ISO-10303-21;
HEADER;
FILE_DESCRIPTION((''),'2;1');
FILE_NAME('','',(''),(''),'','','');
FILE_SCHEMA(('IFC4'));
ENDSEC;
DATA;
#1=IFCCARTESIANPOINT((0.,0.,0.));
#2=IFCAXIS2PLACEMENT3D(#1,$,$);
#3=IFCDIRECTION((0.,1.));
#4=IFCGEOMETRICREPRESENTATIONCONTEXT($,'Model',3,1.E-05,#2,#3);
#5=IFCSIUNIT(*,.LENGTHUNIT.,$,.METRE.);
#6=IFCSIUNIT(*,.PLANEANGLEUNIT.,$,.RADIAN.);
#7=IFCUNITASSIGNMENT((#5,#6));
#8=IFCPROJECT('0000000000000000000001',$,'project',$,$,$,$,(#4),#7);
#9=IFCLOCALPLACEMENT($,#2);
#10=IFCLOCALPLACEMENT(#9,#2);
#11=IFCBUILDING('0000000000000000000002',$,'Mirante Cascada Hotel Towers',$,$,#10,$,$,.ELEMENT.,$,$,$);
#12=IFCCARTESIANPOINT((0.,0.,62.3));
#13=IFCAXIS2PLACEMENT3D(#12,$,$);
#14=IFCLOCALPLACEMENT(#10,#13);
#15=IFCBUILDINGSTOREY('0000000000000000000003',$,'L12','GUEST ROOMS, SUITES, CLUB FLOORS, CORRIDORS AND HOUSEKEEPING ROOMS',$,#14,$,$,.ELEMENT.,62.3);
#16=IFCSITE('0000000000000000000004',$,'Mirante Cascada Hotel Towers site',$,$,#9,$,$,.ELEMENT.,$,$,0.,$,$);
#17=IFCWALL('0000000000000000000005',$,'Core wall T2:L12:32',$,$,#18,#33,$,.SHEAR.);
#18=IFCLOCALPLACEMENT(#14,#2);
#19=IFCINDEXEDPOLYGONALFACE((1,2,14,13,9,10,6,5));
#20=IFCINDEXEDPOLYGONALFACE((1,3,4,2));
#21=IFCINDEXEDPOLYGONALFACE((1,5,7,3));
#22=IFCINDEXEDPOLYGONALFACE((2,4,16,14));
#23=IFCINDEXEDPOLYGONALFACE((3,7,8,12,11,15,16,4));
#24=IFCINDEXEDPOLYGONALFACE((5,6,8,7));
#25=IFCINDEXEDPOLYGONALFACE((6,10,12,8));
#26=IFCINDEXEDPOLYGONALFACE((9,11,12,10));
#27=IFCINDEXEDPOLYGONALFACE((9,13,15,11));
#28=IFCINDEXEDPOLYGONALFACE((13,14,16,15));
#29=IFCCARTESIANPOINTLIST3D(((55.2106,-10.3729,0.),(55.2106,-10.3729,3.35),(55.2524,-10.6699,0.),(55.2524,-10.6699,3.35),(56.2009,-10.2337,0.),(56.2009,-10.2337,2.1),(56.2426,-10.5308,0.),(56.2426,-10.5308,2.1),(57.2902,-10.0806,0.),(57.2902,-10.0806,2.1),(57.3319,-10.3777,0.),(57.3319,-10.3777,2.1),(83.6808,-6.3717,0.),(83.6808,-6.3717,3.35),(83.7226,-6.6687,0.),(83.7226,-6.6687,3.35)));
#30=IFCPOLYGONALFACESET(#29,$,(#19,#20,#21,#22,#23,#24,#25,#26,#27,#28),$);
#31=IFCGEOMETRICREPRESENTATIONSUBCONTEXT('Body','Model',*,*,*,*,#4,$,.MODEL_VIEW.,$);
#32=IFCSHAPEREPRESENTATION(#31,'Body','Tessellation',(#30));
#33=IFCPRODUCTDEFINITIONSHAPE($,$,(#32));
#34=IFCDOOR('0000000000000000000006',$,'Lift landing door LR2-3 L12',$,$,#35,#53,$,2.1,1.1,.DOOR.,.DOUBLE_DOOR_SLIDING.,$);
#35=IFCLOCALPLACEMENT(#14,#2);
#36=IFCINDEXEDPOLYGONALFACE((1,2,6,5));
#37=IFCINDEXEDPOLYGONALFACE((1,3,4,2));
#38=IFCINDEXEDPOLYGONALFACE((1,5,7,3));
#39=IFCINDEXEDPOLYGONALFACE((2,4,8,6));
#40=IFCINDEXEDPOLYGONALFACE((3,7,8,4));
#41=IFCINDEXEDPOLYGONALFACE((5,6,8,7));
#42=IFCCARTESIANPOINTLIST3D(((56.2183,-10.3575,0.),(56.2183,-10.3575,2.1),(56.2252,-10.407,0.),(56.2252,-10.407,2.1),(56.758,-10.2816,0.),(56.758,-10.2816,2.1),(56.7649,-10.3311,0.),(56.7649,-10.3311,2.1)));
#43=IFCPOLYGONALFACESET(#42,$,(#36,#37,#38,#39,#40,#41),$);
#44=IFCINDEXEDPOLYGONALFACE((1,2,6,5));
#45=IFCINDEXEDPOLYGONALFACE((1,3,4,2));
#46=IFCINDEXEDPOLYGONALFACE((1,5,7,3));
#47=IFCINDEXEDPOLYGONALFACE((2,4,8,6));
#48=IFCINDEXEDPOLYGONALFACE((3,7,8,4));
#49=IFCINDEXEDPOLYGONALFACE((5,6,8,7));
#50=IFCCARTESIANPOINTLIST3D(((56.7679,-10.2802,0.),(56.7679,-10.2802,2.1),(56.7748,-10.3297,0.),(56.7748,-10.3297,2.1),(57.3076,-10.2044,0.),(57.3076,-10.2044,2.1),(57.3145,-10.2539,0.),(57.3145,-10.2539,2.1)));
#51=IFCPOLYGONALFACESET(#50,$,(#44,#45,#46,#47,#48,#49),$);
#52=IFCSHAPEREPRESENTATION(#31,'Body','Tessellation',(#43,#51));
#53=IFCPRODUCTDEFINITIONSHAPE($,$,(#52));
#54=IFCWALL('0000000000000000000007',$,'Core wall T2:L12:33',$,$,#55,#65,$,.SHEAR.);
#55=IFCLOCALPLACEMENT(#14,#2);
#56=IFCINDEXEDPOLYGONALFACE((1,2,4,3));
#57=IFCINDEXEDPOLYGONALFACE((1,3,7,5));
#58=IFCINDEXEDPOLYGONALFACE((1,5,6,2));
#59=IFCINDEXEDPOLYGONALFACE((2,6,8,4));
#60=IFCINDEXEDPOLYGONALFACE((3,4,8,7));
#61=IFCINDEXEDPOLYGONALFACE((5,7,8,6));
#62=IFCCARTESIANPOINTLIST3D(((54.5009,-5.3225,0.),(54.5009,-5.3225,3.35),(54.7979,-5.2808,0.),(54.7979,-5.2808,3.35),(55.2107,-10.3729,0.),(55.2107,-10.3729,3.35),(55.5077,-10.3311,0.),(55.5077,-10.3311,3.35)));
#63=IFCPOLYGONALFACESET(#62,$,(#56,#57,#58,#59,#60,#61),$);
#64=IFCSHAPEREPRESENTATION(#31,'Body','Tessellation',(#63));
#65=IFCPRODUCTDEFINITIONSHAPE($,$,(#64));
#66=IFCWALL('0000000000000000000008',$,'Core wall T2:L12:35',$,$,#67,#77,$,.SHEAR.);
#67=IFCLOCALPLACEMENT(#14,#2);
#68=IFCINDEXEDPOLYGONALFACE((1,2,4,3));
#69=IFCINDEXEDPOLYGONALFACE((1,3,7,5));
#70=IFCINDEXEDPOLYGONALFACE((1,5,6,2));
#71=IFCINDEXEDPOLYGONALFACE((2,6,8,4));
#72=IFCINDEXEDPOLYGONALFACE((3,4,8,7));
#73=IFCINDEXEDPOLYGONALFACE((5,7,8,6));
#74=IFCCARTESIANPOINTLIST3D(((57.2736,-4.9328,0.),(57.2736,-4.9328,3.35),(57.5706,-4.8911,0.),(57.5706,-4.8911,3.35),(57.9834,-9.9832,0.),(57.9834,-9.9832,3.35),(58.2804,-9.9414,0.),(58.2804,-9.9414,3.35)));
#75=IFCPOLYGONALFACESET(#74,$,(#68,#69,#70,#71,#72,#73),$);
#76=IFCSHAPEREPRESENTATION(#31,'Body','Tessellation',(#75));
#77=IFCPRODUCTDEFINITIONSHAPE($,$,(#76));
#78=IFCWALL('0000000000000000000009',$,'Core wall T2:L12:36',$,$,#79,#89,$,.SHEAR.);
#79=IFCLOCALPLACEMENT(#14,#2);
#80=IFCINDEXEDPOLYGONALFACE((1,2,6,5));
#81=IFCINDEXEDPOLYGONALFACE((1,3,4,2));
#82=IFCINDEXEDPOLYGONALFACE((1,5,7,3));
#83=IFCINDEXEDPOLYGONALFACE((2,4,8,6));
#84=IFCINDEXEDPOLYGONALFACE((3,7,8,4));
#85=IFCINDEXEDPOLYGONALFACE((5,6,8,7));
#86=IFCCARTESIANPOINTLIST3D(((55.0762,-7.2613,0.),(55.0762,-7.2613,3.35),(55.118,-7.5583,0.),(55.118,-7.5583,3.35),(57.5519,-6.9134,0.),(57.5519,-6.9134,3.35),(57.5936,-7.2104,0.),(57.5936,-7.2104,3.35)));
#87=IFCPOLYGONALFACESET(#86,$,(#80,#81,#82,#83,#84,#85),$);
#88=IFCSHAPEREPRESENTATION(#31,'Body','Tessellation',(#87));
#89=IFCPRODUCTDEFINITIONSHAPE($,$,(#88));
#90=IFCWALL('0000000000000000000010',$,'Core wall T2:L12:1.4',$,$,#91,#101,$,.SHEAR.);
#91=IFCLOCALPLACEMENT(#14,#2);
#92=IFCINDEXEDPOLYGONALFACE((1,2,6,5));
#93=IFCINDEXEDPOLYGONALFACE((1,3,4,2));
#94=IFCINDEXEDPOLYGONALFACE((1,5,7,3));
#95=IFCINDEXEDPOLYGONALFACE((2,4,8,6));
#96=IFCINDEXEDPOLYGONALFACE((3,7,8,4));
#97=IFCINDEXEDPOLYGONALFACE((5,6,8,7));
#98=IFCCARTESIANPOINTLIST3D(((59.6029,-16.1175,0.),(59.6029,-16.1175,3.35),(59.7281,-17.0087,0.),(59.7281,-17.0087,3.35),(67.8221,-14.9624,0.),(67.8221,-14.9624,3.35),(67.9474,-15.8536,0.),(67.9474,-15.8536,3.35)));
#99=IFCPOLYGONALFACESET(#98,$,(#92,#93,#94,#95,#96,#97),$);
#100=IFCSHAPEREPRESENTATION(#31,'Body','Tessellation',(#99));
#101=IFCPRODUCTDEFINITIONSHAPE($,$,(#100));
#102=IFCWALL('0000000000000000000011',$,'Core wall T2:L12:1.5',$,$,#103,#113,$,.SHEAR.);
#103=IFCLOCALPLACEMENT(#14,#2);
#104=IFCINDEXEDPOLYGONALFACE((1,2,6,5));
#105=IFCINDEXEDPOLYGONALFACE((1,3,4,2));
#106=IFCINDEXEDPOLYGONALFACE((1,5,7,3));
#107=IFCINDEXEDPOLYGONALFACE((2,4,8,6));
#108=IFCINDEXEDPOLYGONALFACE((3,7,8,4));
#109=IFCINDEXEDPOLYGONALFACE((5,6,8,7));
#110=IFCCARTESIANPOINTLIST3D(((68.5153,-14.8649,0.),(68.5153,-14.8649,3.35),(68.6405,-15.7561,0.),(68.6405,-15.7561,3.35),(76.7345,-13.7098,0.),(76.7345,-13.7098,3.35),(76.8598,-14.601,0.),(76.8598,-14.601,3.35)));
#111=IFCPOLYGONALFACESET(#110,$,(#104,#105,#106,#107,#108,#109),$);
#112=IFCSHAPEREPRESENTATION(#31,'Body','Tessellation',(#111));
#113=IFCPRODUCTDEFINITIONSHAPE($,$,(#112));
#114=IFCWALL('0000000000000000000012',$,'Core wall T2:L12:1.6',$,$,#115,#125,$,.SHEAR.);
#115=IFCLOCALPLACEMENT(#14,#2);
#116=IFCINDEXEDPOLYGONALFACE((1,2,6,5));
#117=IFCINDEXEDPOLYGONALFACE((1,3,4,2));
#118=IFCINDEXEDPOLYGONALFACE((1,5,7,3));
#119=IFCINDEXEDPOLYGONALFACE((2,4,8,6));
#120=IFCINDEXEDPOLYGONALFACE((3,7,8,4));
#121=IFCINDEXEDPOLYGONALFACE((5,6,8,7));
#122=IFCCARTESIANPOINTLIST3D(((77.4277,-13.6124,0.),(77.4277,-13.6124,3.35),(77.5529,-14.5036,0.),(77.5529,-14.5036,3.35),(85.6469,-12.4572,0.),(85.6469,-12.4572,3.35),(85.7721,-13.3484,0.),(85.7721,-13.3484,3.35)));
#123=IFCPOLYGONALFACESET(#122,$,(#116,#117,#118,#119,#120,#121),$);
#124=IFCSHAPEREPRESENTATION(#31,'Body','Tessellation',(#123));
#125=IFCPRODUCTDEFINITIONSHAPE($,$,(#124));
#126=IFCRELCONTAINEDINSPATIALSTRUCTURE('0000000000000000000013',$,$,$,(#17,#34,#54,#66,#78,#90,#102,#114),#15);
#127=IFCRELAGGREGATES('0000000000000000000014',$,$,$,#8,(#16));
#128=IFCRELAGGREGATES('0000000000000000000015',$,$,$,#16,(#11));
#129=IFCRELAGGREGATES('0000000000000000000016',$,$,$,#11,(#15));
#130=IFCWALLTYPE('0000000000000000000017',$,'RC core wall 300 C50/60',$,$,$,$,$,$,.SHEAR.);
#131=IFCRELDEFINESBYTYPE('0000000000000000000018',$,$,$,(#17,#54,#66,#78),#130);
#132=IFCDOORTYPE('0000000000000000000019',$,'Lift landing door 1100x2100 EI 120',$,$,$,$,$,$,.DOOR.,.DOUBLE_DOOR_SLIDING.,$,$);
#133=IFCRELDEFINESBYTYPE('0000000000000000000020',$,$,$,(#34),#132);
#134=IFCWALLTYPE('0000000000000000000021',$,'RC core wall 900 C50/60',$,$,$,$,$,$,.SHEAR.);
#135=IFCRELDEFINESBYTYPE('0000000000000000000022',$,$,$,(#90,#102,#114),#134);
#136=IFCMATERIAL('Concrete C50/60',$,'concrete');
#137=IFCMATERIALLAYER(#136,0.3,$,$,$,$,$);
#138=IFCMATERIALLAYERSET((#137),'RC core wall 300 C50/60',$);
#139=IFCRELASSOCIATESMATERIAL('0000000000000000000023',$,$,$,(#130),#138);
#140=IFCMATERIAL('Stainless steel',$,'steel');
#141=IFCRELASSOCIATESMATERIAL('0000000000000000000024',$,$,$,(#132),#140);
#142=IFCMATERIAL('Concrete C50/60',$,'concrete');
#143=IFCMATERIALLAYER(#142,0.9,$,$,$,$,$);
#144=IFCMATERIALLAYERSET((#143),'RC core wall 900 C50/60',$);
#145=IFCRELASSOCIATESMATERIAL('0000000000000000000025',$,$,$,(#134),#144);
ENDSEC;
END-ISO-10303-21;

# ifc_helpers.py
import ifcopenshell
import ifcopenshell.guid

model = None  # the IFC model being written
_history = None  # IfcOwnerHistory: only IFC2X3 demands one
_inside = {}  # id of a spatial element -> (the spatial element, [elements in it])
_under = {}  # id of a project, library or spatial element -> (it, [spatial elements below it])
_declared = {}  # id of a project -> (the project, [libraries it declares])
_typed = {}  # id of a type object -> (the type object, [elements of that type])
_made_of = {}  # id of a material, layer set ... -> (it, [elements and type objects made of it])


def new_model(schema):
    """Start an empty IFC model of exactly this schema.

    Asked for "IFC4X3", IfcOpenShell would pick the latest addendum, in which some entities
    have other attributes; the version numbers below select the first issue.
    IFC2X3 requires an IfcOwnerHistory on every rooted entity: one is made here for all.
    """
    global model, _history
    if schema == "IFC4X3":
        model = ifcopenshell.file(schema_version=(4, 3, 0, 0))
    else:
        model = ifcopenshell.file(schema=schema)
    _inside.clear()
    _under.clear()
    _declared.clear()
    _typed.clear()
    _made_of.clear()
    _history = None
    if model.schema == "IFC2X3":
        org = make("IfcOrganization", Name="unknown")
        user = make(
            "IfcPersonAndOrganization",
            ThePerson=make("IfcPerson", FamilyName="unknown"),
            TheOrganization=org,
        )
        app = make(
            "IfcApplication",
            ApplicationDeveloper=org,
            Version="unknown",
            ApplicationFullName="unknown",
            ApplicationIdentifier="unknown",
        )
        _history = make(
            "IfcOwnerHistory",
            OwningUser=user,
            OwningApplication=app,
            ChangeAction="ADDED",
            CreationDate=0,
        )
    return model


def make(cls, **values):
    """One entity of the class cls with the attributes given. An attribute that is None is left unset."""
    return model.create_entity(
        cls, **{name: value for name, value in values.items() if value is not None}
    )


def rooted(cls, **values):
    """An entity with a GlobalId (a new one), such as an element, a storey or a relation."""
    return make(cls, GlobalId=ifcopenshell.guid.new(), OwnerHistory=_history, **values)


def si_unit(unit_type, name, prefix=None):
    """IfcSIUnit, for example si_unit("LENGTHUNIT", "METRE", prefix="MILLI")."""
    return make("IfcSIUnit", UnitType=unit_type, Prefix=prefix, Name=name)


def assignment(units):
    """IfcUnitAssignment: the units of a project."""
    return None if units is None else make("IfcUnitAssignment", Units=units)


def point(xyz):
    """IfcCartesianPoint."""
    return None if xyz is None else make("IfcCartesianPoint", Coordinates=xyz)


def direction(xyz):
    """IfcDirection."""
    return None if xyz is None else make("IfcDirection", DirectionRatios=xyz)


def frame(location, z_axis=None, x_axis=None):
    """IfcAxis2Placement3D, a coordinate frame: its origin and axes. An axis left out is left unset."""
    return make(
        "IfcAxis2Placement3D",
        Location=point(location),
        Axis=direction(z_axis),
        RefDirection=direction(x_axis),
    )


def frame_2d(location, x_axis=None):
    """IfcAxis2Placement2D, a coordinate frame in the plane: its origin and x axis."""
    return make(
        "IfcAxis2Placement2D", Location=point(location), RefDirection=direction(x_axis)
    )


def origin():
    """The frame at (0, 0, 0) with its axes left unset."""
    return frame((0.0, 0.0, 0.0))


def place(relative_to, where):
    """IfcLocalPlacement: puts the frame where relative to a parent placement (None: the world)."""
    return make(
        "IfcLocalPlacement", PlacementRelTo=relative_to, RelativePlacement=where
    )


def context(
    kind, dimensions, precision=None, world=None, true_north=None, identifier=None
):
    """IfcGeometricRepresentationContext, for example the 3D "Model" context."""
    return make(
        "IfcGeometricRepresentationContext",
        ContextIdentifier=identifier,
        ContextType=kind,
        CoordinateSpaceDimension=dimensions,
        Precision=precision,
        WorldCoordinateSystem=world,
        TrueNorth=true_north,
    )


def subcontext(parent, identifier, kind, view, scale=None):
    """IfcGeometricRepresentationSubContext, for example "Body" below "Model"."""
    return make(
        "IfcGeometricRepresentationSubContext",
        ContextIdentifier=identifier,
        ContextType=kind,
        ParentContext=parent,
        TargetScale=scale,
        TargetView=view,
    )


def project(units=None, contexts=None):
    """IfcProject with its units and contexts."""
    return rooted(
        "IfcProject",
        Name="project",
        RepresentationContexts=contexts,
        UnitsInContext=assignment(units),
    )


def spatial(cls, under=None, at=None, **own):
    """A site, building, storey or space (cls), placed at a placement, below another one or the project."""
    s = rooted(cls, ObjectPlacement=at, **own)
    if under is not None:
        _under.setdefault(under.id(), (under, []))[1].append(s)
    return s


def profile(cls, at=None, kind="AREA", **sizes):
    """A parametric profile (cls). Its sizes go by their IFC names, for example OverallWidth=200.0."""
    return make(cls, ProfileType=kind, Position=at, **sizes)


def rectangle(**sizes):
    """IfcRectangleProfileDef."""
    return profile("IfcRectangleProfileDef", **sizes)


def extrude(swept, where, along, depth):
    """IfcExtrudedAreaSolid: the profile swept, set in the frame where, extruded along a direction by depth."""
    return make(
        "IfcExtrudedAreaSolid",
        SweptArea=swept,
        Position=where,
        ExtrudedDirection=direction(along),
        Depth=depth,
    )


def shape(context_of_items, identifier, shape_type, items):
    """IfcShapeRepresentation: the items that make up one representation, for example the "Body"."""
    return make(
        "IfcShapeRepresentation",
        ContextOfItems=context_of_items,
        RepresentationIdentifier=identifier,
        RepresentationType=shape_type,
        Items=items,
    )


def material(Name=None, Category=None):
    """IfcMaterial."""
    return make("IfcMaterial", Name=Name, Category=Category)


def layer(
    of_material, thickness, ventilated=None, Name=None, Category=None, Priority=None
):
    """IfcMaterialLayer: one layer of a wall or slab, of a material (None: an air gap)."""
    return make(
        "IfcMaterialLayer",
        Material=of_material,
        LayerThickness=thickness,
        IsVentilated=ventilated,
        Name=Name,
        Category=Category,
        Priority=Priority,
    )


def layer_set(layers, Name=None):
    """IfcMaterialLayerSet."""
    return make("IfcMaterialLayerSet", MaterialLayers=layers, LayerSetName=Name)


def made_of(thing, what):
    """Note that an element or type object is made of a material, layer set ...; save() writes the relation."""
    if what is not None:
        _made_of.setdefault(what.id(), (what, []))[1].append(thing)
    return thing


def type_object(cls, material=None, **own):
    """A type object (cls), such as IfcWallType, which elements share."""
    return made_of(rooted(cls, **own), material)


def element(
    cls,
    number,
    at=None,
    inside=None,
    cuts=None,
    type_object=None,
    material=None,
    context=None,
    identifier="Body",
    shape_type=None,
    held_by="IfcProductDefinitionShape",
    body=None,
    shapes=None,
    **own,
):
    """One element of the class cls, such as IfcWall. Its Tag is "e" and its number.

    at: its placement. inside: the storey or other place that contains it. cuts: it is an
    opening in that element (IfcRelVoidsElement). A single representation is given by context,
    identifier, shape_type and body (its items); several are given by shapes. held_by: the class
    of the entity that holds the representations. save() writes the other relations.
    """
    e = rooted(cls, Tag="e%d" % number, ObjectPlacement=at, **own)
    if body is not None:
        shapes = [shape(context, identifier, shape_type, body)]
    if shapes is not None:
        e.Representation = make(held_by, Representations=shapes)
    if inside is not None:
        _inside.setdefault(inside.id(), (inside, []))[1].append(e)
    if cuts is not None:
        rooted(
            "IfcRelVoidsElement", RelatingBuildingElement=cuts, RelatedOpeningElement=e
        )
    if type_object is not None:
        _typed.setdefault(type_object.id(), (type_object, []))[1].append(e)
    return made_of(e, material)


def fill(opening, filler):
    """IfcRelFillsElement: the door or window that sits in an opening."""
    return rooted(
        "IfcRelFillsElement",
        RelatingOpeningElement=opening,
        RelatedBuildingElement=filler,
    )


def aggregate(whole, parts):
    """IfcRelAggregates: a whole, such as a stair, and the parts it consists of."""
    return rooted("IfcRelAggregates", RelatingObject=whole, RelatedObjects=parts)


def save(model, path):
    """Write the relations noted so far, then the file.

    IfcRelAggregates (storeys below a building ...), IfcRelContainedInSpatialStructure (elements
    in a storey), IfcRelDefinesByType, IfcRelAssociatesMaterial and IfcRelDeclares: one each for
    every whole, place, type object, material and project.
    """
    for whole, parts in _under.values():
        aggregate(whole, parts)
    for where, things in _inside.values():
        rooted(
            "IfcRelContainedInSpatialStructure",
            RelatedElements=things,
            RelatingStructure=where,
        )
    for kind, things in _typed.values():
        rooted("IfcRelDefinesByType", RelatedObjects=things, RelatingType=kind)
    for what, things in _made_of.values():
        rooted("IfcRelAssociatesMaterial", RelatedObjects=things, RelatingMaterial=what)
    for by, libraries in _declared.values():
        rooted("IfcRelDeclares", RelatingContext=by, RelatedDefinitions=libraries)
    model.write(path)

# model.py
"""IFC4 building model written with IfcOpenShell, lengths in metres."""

from ifc_helpers import new_model, si_unit, direction, frame, frame_2d, origin, place, context, subcontext, project, spatial, rectangle, extrude, material, layer, layer_set, type_object, element, fill, save


model = new_model("IFC4")

# Units and contexts
model_context = context("Model", 3, precision=1e-05, world=origin(), true_north=direction((0.0, 1.0)))
body_context = subcontext(model_context, "Body", "Model", "MODEL_VIEW")
ifc_project = project(units=[si_unit("LENGTHUNIT", "METRE"), si_unit("PLANEANGLEUNIT", "RADIAN")], contexts=[model_context])

# Site, building, storey
site_placement = place(None, origin())
site = spatial("IfcSite", under=ifc_project, at=site_placement, Name="Mirante Cascada Hotel Towers site", CompositionType="ELEMENT", RefElevation=0.0)
building_placement = place(site_placement, origin())
building = spatial("IfcBuilding", under=site, at=building_placement, Name="Mirante Cascada Hotel Towers", CompositionType="ELEMENT")
storey_placement = place(building_placement, frame((0.0, 0.0, 62.3)))
storey = spatial("IfcBuildingStorey", under=building, at=storey_placement, Name="L12", Description="GUEST ROOMS, SUITES, CLUB FLOORS, CORRIDORS AND HOUSEKEEPING ROOMS", CompositionType="ELEMENT", Elevation=62.3)

# Shared definitions
ifc_material_1 = material(Name="Concrete C50/60", Category="concrete")
ifc_layer_1 = layer(ifc_material_1, 0.3)
ifc_layer_set_1 = layer_set([ifc_layer_1], Name="RC core wall 300 C50/60")
wall_type_1 = type_object("IfcWallType", Name="RC core wall 300 C50/60", PredefinedType="SHEAR", material=ifc_layer_set_1)

# Wall, opening, door
wall_1_placement = place(storey_placement, frame((55.2315, -10.5214, 0.0), z_axis=(0.0, 0.0, 1.0), x_axis=(0.990268, 0.139172, 0.0)))
wall_1 = element("IfcWall", 1, at=wall_1_placement, inside=storey, type_object=wall_type_1, Name="Core wall T2:L12:32", PredefinedType="SHEAR", context=body_context, shape_type="SweptSolid", body=[
    extrude(rectangle(XDim=28.75, YDim=0.3, at=frame_2d((14.375, 0.0))), origin(), (0.0, 0.0, 1.0), 3.35),
])
opening_1_placement = place(wall_1_placement, frame((1.0, 0.0, 0.0)))
opening_1 = element("IfcOpeningElement", 2, at=opening_1_placement, cuts=wall_1, PredefinedType="OPENING", context=body_context, shape_type="SweptSolid", body=[
    extrude(rectangle(XDim=1.1, YDim=2.1, at=frame_2d((0.55, 1.05))), frame((0.0, 0.15, 0.0), z_axis=(0.0, -1.0, 0.0), x_axis=(1.0, 0.0, 0.0)), (0.0, 0.0, 1.0), 0.3),
])
ifc_material_2 = material(Name="Stainless steel", Category="steel")
door_type_1 = type_object("IfcDoorType", Name="Lift landing door 1100x2100 EI 120", OperationType="DOUBLE_DOOR_SLIDING", PredefinedType="DOOR", material=ifc_material_2)
door_1_placement = place(opening_1_placement, origin())
door_1 = element("IfcDoor", 3, at=door_1_placement, inside=storey, type_object=door_type_1, Name="Lift landing door LR2-3 L12", OperationType="DOUBLE_DOOR_SLIDING", OverallHeight=2.1, OverallWidth=1.1, PredefinedType="DOOR", context=body_context, shape_type="SweptSolid", body=[
    extrude(rectangle(XDim=0.545, YDim=2.1, at=frame_2d((0.2725, 1.05))), frame((0.0, 0.025, 0.0), z_axis=(0.0, -1.0, 0.0), x_axis=(1.0, 0.0, 0.0)), (0.0, 0.0, 1.0), 0.05),
    extrude(rectangle(XDim=0.545, YDim=2.1, at=frame_2d((0.8275, 1.05))), frame((0.0, 0.025, 0.0), z_axis=(0.0, -1.0, 0.0), x_axis=(1.0, 0.0, 0.0)), (0.0, 0.0, 1.0), 0.05),
])
fill(opening_1, door_1)

# Walls
for number, where, z_axis, x_axis, name in (
    (4, (55.3592, -10.352, 0.0), (0.0, 0.0, 1.0), (-0.139176, 0.990268, 0.0), "Core wall T2:L12:33"),
    (5, (58.1319, -9.9623, 0.0), (0.0, 0.0, 1.0), (-0.139176, 0.990268, 0.0), "Core wall T2:L12:35"),
):
    element("IfcWall", number, at=place(storey_placement, frame(where, z_axis=z_axis, x_axis=x_axis)), inside=storey, type_object=wall_type_1, Name=name, PredefinedType="SHEAR", context=body_context, shape_type="SweptSolid", body=[
        extrude(rectangle(XDim=5.1, YDim=0.3, at=frame_2d((2.55, 0.0))), origin(), (0.0, 0.0, 1.0), 3.35),
    ])
wall_2_placement = place(storey_placement, frame((55.0971, -7.4098, 0.0), z_axis=(0.0, 0.0, 1.0), x_axis=(0.99027, 0.139159, 0.0)))
element("IfcWall", 6, at=wall_2_placement, inside=storey, type_object=wall_type_1, Name="Core wall T2:L12:36", PredefinedType="SHEAR", context=body_context, shape_type="SweptSolid", body=[
    extrude(rectangle(XDim=2.5, YDim=0.3, at=frame_2d((1.25, 0.0))), origin(), (0.0, 0.0, 1.0), 3.35),
])
ifc_material_3 = material(Name="Concrete C50/60", Category="concrete")
ifc_layer_2 = layer(ifc_material_3, 0.9)
ifc_layer_set_2 = layer_set([ifc_layer_2], Name="RC core wall 900 C50/60")
wall_type_2 = type_object("IfcWallType", Name="RC core wall 900 C50/60", PredefinedType="SHEAR", material=ifc_layer_set_2)
for number, where, z_axis, x_axis, name in (
    (7, (59.6655, -16.5631, 0.0), (0.0, 0.0, 1.0), (0.990269, 0.139169, 0.0), "Core wall T2:L12:1.4"),
    (8, (68.5779, -15.3105, 0.0), (0.0, 0.0, 1.0), (0.990269, 0.139169, 0.0), "Core wall T2:L12:1.5"),
    (9, (77.4903, -14.058, 0.0), (0.0, 0.0, 1.0), (0.990267, 0.139181, 0.0), "Core wall T2:L12:1.6"),
):
    element("IfcWall", number, at=place(storey_placement, frame(where, z_axis=z_axis, x_axis=x_axis)), inside=storey, type_object=wall_type_2, Name=name, PredefinedType="SHEAR", context=body_context, shape_type="SweptSolid", body=[
        extrude(rectangle(XDim=8.3, YDim=0.9, at=frame_2d((4.15, 0.0))), origin(), (0.0, 0.0, 1.0), 3.35),
    ])

save(model, "model.ifc")
